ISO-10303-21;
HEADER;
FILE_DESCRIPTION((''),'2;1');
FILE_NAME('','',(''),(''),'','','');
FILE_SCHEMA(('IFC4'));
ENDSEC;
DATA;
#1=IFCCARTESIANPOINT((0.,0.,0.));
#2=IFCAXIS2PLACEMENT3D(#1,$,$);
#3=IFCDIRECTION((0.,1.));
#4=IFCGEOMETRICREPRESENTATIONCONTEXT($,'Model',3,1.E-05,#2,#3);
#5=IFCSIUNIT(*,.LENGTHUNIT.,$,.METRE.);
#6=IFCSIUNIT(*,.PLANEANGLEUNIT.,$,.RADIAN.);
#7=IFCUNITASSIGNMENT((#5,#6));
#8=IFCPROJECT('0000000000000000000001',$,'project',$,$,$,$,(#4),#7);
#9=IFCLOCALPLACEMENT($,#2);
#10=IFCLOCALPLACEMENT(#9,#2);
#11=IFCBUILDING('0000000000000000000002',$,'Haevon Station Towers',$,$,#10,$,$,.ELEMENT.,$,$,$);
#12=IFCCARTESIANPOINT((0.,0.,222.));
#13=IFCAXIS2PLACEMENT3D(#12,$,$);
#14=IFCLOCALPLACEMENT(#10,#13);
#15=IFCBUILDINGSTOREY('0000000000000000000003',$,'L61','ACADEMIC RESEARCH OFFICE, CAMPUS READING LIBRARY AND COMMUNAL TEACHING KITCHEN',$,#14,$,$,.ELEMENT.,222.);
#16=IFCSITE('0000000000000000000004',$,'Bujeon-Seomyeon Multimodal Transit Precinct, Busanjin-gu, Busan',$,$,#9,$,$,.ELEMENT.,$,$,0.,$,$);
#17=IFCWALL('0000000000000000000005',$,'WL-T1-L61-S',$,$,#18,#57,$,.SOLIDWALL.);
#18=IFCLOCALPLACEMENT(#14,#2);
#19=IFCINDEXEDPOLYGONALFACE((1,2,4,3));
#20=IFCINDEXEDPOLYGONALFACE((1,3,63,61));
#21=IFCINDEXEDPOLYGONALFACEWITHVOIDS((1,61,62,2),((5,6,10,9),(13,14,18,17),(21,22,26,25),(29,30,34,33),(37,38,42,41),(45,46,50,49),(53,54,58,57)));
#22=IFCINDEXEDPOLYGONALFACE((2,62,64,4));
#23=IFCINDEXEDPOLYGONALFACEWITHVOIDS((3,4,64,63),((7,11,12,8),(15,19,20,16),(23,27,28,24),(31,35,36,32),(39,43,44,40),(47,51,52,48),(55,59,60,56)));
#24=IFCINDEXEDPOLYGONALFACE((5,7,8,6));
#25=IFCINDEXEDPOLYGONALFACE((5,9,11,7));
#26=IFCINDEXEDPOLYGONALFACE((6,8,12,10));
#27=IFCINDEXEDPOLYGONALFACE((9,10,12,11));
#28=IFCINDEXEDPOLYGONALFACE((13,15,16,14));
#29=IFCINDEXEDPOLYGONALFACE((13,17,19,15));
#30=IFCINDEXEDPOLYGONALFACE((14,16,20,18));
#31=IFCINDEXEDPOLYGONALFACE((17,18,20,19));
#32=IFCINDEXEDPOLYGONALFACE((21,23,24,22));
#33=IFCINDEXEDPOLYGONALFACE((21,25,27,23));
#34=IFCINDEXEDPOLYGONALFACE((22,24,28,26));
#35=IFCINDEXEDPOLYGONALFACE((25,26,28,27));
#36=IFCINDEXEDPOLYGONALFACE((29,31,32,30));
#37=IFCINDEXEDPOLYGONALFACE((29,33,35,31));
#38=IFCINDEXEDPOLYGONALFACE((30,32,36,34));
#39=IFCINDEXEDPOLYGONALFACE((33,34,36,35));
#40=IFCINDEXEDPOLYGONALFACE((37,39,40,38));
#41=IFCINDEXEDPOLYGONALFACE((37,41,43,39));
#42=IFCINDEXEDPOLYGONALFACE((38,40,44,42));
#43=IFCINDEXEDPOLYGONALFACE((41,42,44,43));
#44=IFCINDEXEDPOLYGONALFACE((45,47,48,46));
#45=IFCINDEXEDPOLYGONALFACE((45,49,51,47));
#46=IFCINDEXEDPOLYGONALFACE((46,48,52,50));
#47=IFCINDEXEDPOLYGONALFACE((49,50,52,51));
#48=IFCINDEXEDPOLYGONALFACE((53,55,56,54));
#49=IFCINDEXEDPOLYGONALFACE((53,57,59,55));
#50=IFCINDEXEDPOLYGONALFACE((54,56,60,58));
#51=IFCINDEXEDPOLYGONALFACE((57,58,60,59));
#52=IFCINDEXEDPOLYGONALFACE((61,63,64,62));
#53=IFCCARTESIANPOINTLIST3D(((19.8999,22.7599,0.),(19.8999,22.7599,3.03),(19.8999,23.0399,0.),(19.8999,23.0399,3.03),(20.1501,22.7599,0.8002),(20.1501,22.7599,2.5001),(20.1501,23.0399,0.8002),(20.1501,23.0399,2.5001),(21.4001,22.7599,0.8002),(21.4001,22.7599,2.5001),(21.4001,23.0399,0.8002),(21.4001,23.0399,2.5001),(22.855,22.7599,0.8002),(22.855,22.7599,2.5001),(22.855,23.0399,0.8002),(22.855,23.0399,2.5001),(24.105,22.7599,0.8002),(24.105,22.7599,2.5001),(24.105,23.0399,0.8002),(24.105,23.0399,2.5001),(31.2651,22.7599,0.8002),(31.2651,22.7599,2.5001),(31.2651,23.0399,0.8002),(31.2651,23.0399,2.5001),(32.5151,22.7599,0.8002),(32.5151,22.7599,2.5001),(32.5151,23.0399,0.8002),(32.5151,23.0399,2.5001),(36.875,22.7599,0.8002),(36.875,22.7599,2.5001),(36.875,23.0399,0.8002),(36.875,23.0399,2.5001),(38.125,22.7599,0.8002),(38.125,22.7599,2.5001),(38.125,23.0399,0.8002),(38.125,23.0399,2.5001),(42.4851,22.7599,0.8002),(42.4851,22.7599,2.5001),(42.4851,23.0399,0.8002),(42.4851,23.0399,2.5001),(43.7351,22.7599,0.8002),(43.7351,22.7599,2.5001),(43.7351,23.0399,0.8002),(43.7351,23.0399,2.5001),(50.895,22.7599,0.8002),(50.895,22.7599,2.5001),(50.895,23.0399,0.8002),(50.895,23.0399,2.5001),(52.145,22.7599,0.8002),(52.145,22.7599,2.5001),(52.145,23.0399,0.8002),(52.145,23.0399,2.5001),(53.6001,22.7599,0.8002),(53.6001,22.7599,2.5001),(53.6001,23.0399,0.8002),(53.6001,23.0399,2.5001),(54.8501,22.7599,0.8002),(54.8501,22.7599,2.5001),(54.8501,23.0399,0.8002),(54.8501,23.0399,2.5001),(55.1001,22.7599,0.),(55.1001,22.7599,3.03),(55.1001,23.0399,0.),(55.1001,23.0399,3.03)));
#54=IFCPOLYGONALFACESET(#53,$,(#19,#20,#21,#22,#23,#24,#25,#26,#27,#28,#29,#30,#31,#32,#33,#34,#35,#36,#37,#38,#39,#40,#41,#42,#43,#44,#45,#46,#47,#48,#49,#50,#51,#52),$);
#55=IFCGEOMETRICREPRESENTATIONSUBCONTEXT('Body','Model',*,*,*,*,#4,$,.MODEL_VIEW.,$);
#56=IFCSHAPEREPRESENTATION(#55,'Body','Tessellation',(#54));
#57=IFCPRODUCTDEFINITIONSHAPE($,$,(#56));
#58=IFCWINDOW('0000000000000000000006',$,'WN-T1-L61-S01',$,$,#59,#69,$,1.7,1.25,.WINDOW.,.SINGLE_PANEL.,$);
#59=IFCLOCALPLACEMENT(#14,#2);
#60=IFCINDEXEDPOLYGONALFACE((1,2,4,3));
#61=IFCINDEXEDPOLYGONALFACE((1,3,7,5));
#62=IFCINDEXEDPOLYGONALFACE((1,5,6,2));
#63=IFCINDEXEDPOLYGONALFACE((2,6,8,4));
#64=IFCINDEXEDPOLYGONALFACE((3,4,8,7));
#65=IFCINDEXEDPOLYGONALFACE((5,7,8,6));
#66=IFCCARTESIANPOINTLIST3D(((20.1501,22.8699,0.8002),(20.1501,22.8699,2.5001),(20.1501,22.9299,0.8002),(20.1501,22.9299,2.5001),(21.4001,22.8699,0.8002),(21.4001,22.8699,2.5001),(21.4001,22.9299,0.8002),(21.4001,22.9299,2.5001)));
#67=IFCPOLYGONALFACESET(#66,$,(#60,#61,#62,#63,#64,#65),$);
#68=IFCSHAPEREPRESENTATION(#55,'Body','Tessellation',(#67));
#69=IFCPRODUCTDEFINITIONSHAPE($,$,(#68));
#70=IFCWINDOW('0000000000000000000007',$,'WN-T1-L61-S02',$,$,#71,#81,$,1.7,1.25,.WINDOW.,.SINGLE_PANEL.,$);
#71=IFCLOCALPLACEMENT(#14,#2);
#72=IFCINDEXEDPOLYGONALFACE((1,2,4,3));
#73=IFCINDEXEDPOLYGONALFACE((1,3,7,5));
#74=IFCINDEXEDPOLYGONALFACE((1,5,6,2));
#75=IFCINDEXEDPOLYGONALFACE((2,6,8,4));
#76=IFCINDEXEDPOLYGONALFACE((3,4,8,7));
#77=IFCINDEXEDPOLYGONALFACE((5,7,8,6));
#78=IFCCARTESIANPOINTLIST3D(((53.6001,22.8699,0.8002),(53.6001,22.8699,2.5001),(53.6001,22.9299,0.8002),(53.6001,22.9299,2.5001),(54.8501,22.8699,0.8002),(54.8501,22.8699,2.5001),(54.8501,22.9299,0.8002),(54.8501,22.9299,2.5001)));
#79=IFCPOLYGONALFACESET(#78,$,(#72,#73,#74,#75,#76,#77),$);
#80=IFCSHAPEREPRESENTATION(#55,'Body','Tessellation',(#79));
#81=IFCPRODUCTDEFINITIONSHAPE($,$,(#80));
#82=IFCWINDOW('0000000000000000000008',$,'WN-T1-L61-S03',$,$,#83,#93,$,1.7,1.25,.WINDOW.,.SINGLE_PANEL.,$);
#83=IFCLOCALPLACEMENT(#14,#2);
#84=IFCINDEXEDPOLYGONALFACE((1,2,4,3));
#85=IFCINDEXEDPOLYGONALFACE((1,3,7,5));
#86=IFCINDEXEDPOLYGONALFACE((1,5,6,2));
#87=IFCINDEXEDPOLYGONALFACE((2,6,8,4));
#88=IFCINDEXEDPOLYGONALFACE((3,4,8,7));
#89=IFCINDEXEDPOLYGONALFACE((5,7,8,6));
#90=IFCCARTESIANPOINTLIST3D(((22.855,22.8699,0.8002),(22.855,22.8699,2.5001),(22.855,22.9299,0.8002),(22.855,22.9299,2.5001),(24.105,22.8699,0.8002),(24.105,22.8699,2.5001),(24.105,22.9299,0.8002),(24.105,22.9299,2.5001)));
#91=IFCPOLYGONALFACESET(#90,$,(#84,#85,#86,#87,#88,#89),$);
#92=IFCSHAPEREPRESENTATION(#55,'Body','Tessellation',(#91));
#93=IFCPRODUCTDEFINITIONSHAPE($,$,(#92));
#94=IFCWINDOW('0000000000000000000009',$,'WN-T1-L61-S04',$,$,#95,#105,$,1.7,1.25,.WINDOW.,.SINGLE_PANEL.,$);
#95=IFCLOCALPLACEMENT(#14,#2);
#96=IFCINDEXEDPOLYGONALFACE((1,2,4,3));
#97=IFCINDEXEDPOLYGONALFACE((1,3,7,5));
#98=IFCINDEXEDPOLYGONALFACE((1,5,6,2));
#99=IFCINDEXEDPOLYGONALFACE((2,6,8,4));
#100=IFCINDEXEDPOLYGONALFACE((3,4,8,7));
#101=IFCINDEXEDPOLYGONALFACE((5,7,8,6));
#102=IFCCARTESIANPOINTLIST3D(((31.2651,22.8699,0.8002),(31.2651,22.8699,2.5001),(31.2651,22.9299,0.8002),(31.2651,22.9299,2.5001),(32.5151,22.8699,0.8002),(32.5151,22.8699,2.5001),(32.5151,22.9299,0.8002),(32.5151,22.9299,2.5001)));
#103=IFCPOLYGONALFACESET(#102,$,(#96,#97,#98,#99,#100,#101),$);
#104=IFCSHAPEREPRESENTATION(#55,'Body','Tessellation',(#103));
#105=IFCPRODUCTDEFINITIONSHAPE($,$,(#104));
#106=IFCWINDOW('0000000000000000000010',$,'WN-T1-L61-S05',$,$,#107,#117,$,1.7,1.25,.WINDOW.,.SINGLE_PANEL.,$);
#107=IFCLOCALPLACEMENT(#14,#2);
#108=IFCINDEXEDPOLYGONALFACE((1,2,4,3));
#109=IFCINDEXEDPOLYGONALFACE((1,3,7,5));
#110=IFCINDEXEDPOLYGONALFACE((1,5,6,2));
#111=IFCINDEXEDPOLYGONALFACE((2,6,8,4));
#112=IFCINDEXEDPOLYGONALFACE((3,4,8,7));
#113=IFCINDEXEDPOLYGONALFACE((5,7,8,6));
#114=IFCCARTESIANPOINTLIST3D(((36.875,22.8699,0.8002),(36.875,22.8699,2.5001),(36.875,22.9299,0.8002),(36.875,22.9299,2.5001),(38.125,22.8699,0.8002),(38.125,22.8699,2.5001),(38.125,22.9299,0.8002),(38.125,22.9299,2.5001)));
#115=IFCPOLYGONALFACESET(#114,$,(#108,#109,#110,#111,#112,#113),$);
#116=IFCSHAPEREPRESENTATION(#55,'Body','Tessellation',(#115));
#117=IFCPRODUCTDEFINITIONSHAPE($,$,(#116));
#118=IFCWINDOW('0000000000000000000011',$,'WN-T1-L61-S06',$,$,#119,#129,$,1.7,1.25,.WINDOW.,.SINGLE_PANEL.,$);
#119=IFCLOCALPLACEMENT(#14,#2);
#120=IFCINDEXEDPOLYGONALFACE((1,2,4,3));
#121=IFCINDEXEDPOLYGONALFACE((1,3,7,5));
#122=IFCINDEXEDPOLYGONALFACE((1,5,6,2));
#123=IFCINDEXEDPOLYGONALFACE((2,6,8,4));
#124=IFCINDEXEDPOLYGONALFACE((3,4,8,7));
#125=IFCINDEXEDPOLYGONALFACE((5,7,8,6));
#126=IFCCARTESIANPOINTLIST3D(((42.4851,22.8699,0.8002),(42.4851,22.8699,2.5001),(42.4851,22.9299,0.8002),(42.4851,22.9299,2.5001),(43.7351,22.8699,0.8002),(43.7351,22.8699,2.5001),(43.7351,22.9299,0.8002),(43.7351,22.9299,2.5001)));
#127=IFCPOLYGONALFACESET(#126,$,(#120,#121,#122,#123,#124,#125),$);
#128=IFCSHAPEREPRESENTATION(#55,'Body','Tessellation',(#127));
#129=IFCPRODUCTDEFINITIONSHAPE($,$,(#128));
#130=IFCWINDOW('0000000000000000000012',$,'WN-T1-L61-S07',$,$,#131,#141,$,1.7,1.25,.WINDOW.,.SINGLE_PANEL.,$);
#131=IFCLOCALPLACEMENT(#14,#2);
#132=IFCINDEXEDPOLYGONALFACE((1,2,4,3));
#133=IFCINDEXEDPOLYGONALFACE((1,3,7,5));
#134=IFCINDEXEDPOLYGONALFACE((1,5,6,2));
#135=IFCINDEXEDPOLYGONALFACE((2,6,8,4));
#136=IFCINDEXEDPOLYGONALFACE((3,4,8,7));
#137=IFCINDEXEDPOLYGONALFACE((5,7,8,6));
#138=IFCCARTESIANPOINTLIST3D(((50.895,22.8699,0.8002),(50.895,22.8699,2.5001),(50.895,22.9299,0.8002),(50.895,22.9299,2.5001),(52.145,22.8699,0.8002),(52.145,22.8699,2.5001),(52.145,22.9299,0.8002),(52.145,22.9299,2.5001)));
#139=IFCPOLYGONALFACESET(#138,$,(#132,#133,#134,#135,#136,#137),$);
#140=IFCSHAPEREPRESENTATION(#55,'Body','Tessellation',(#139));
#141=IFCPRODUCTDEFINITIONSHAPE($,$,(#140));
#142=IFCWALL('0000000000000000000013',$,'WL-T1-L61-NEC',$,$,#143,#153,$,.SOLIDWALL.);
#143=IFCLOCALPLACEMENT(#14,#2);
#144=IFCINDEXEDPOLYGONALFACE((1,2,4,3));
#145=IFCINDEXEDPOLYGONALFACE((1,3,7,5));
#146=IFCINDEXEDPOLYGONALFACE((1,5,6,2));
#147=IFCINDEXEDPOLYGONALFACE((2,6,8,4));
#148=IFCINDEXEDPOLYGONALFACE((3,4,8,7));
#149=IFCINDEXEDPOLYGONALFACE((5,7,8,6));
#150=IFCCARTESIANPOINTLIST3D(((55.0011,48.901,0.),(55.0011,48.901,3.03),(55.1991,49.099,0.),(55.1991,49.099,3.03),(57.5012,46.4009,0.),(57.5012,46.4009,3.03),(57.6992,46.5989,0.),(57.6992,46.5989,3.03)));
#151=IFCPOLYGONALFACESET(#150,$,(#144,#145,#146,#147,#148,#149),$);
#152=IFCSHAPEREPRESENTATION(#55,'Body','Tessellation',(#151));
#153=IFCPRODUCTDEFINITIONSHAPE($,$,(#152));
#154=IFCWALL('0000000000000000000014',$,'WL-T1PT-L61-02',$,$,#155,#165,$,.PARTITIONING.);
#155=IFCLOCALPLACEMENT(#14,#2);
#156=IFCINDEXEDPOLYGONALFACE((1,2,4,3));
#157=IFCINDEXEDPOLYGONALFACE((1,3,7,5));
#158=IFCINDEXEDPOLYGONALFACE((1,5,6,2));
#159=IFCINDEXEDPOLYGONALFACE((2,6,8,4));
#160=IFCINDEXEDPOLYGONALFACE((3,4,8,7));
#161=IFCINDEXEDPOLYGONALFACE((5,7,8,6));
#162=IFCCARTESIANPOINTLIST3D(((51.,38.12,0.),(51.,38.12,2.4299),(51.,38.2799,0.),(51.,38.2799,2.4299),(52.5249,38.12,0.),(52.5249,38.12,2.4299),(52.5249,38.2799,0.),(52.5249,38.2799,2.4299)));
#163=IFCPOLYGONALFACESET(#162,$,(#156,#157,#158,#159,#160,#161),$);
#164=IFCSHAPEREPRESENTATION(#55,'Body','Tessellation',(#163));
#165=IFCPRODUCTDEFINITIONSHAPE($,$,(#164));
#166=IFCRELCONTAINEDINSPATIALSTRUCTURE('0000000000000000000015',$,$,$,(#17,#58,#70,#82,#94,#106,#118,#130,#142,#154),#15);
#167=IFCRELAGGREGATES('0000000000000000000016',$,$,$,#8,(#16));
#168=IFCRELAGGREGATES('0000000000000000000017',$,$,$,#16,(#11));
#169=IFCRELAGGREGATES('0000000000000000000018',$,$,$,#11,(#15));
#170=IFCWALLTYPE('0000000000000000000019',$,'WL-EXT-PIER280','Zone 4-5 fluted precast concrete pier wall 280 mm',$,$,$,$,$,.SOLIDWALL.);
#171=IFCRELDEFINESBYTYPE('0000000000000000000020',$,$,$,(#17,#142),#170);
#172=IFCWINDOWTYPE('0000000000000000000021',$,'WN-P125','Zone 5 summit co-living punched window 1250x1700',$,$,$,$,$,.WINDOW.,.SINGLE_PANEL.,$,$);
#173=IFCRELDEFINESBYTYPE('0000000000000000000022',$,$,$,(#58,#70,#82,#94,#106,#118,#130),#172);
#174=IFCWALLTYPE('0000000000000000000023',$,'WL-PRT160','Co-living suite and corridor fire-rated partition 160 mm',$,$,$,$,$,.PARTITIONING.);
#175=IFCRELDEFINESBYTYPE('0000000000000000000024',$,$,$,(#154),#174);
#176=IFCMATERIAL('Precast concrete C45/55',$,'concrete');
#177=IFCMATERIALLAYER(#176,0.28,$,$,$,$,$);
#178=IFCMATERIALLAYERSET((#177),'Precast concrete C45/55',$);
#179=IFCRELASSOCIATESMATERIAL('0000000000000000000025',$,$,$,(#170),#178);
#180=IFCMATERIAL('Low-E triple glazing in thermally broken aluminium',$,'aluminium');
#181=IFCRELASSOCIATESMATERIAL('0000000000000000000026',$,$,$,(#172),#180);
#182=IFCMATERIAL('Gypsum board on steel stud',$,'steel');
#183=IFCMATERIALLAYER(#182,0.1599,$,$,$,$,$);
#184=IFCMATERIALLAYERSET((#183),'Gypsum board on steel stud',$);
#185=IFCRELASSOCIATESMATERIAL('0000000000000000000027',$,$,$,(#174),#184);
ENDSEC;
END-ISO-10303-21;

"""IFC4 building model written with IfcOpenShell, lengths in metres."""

from ifc_helpers import new_model, si_unit, direction, frame, frame_2d, origin, place, context, subcontext, project, spatial, rectangle, extrude, material, layer, layer_set, type_object, element, fill, save


model = new_model("IFC4")

# Units and contexts
model_context = context("Model", 3, precision=1e-05, world=origin(), true_north=direction((0.0, 1.0)))
body_context = subcontext(model_context, "Body", "Model", "MODEL_VIEW")
ifc_project = project(units=[si_unit("LENGTHUNIT", "METRE"), si_unit("PLANEANGLEUNIT", "RADIAN")], contexts=[model_context])

# Site, building, storey
site_placement = place(None, origin())
site = spatial("IfcSite", under=ifc_project, at=site_placement, Name="Bujeon-Seomyeon Multimodal Transit Precinct, Busanjin-gu, Busan", CompositionType="ELEMENT", RefElevation=0.0)
building_placement = place(site_placement, origin())
building = spatial("IfcBuilding", under=site, at=building_placement, Name="Haevon Station Towers", CompositionType="ELEMENT")
storey_placement = place(building_placement, frame((0.0, 0.0, 222.0)))
storey = spatial("IfcBuildingStorey", under=building, at=storey_placement, Name="L61", Description="ACADEMIC RESEARCH OFFICE, CAMPUS READING LIBRARY AND COMMUNAL TEACHING KITCHEN", CompositionType="ELEMENT", Elevation=222.0)

# Wall, openings, windows
ifc_material_1 = material(Name="Precast concrete C45/55", Category="concrete")
ifc_layer_1 = layer(ifc_material_1, 0.28)
ifc_layer_set_1 = layer_set([ifc_layer_1], Name="Precast concrete C45/55")
wall_type_1 = type_object("IfcWallType", Name="WL-EXT-PIER280", Description="Zone 4-5 fluted precast concrete pier wall 280 mm", PredefinedType="SOLIDWALL", material=ifc_layer_set_1)
wall_1_placement = place(storey_placement, frame((55.1001, 22.8999, 0.0), z_axis=(0.0, 0.0, 1.0), x_axis=(-1.0, 0.0, 0.0)))
wall_1 = element("IfcWall", 1, at=wall_1_placement, inside=storey, type_object=wall_type_1, Name="WL-T1-L61-S", PredefinedType="SOLIDWALL", context=body_context, shape_type="SweptSolid", body=[
    extrude(rectangle(XDim=35.2002, YDim=0.28, at=frame_2d((17.6001, 0.0))), origin(), (0.0, 0.0, 1.0), 3.03),
])
opening_1_placement = place(wall_1_placement, frame((33.7, 0.0, 0.8)))
opening_1 = element("IfcOpeningElement", 2, at=opening_1_placement, cuts=wall_1, PredefinedType="OPENING", context=body_context, shape_type="SweptSolid", body=[
    extrude(rectangle(XDim=1.25, YDim=1.7, at=frame_2d((0.625, 0.8501))), frame((0.0, 0.1499, 0.0), z_axis=(0.0, -1.0, 0.0), x_axis=(1.0, 0.0, 0.0)), (0.0, 0.0, 1.0), 0.3),
])
opening_2_placement = place(wall_1_placement, frame((0.25, 0.0, 0.8)))
opening_2 = element("IfcOpeningElement", 3, at=opening_2_placement, cuts=wall_1, PredefinedType="OPENING", context=body_context, shape_type="SweptSolid", body=[
    extrude(rectangle(XDim=1.25, YDim=1.7, at=frame_2d((0.625, 0.8501))), frame((0.0, 0.1499, 0.0), z_axis=(0.0, -1.0, 0.0), x_axis=(1.0, 0.0, 0.0)), (0.0, 0.0, 1.0), 0.3),
])
opening_3_placement = place(wall_1_placement, frame((30.9951, 0.0, 0.8)))
opening_3 = element("IfcOpeningElement", 4, at=opening_3_placement, cuts=wall_1, PredefinedType="OPENING", context=body_context, shape_type="SweptSolid", body=[
    extrude(rectangle(XDim=1.25, YDim=1.7, at=frame_2d((0.625, 0.8501))), frame((0.0, 0.1499, 0.0), z_axis=(0.0, -1.0, 0.0), x_axis=(1.0, 0.0, 0.0)), (0.0, 0.0, 1.0), 0.3),
])
opening_4_placement = place(wall_1_placement, frame((22.585, 0.0, 0.8)))
opening_4 = element("IfcOpeningElement", 5, at=opening_4_placement, cuts=wall_1, PredefinedType="OPENING", context=body_context, shape_type="SweptSolid", body=[
    extrude(rectangle(XDim=1.25, YDim=1.7, at=frame_2d((0.625, 0.8501))), frame((0.0, 0.1499, 0.0), z_axis=(0.0, -1.0, 0.0), x_axis=(1.0, 0.0, 0.0)), (0.0, 0.0, 1.0), 0.3),
])
opening_5_placement = place(wall_1_placement, frame((16.9751, 0.0, 0.8)))
opening_5 = element("IfcOpeningElement", 6, at=opening_5_placement, cuts=wall_1, PredefinedType="OPENING", context=body_context, shape_type="SweptSolid", body=[
    extrude(rectangle(XDim=1.25, YDim=1.7, at=frame_2d((0.625, 0.8501))), frame((0.0, 0.1499, 0.0), z_axis=(0.0, -1.0, 0.0), x_axis=(1.0, 0.0, 0.0)), (0.0, 0.0, 1.0), 0.3),
])
opening_6_placement = place(wall_1_placement, frame((11.365, 0.0, 0.8)))
opening_6 = element("IfcOpeningElement", 7, at=opening_6_placement, cuts=wall_1, PredefinedType="OPENING", context=body_context, shape_type="SweptSolid", body=[
    extrude(rectangle(XDim=1.25, YDim=1.7, at=frame_2d((0.625, 0.8501))), frame((0.0, 0.1499, 0.0), z_axis=(0.0, -1.0, 0.0), x_axis=(1.0, 0.0, 0.0)), (0.0, 0.0, 1.0), 0.3),
])
opening_7_placement = place(wall_1_placement, frame((2.9551, 0.0, 0.8)))
opening_7 = element("IfcOpeningElement", 8, at=opening_7_placement, cuts=wall_1, PredefinedType="OPENING", context=body_context, shape_type="SweptSolid", body=[
    extrude(rectangle(XDim=1.25, YDim=1.7, at=frame_2d((0.625, 0.8501))), frame((0.0, 0.1499, 0.0), z_axis=(0.0, -1.0, 0.0), x_axis=(1.0, 0.0, 0.0)), (0.0, 0.0, 1.0), 0.3),
])
ifc_material_2 = material(Name="Low-E triple glazing in thermally broken aluminium", Category="aluminium")
window_type = type_object("IfcWindowType", Name="WN-P125", Description="Zone 5 summit co-living punched window 1250x1700", PartitioningType="SINGLE_PANEL", PredefinedType="WINDOW", material=ifc_material_2)
window_1_placement = place(opening_1_placement, origin())
window_1 = element("IfcWindow", 9, at=window_1_placement, inside=storey, type_object=window_type, Name="WN-T1-L61-S01", OverallHeight=1.7, OverallWidth=1.25, PartitioningType="SINGLE_PANEL", PredefinedType="WINDOW", context=body_context, shape_type="SweptSolid", body=[
    extrude(rectangle(XDim=1.25, YDim=1.7, at=frame_2d((0.625, 0.8501))), frame((0.0, 0.03, 0.0), z_axis=(0.0, -1.0, 0.0), x_axis=(1.0, 0.0, 0.0)), (0.0, 0.0, 1.0), 0.0601),
])
fill(opening_1, window_1)
window_2_placement = place(opening_2_placement, origin())
window_2 = element("IfcWindow", 10, at=window_2_placement, inside=storey, type_object=window_type, Name="WN-T1-L61-S02", OverallHeight=1.7, OverallWidth=1.25, PartitioningType="SINGLE_PANEL", PredefinedType="WINDOW", context=body_context, shape_type="SweptSolid", body=[
    extrude(rectangle(XDim=1.25, YDim=1.7, at=frame_2d((0.625, 0.8501))), frame((0.0, 0.03, 0.0), z_axis=(0.0, -1.0, 0.0), x_axis=(1.0, 0.0, 0.0)), (0.0, 0.0, 1.0), 0.0601),
])
fill(opening_2, window_2)
window_3_placement = place(opening_3_placement, origin())
window_3 = element("IfcWindow", 11, at=window_3_placement, inside=storey, type_object=window_type, Name="WN-T1-L61-S03", OverallHeight=1.7, OverallWidth=1.25, PartitioningType="SINGLE_PANEL", PredefinedType="WINDOW", context=body_context, shape_type="SweptSolid", body=[
    extrude(rectangle(XDim=1.25, YDim=1.7, at=frame_2d((0.625, 0.8501))), frame((0.0, 0.03, 0.0), z_axis=(0.0, -1.0, 0.0), x_axis=(1.0, 0.0, 0.0)), (0.0, 0.0, 1.0), 0.0601),
])
fill(opening_3, window_3)
window_4_placement = place(opening_4_placement, origin())
window_4 = element("IfcWindow", 12, at=window_4_placement, inside=storey, type_object=window_type, Name="WN-T1-L61-S04", OverallHeight=1.7, OverallWidth=1.25, PartitioningType="SINGLE_PANEL", PredefinedType="WINDOW", context=body_context, shape_type="SweptSolid", body=[
    extrude(rectangle(XDim=1.25, YDim=1.7, at=frame_2d((0.625, 0.8501))), frame((0.0, 0.03, 0.0), z_axis=(0.0, -1.0, 0.0), x_axis=(1.0, 0.0, 0.0)), (0.0, 0.0, 1.0), 0.0601),
])
fill(opening_4, window_4)
window_5_placement = place(opening_5_placement, origin())
window_5 = element("IfcWindow", 13, at=window_5_placement, inside=storey, type_object=window_type, Name="WN-T1-L61-S05", OverallHeight=1.7, OverallWidth=1.25, PartitioningType="SINGLE_PANEL", PredefinedType="WINDOW", context=body_context, shape_type="SweptSolid", body=[
    extrude(rectangle(XDim=1.25, YDim=1.7, at=frame_2d((0.625, 0.8501))), frame((0.0, 0.03, 0.0), z_axis=(0.0, -1.0, 0.0), x_axis=(1.0, 0.0, 0.0)), (0.0, 0.0, 1.0), 0.0601),
])
fill(opening_5, window_5)
window_6_placement = place(opening_6_placement, origin())
window_6 = element("IfcWindow", 14, at=window_6_placement, inside=storey, type_object=window_type, Name="WN-T1-L61-S06", OverallHeight=1.7, OverallWidth=1.25, PartitioningType="SINGLE_PANEL", PredefinedType="WINDOW", context=body_context, shape_type="SweptSolid", body=[
    extrude(rectangle(XDim=1.25, YDim=1.7, at=frame_2d((0.625, 0.8501))), frame((0.0, 0.03, 0.0), z_axis=(0.0, -1.0, 0.0), x_axis=(1.0, 0.0, 0.0)), (0.0, 0.0, 1.0), 0.0601),
])
fill(opening_6, window_6)
window_7_placement = place(opening_7_placement, origin())
window_7 = element("IfcWindow", 15, at=window_7_placement, inside=storey, type_object=window_type, Name="WN-T1-L61-S07", OverallHeight=1.7, OverallWidth=1.25, PartitioningType="SINGLE_PANEL", PredefinedType="WINDOW", context=body_context, shape_type="SweptSolid", body=[
    extrude(rectangle(XDim=1.25, YDim=1.7, at=frame_2d((0.625, 0.8501))), frame((0.0, 0.03, 0.0), z_axis=(0.0, -1.0, 0.0), x_axis=(1.0, 0.0, 0.0)), (0.0, 0.0, 1.0), 0.0601),
])
fill(opening_7, window_7)

# Walls
wall_2_placement = place(storey_placement, frame((55.1001, 49.0, 0.0), z_axis=(0.0, 0.0, 1.0), x_axis=(0.707107, -0.707107, 0.0)))
element("IfcWall", 16, at=wall_2_placement, inside=storey, type_object=wall_type_1, Name="WL-T1-L61-NEC", PredefinedType="SOLIDWALL", context=body_context, shape_type="SweptSolid", body=[
    extrude(rectangle(XDim=3.5356, YDim=0.28, at=frame_2d((1.7678, 0.0))), origin(), (0.0, 0.0, 1.0), 3.03),
])
ifc_material_3 = material(Name="Gypsum board on steel stud", Category="steel")
ifc_layer_2 = layer(ifc_material_3, 0.1599)
ifc_layer_set_2 = layer_set([ifc_layer_2], Name="Gypsum board on steel stud")
wall_type_2 = type_object("IfcWallType", Name="WL-PRT160", Description="Co-living suite and corridor fire-rated partition 160 mm", PredefinedType="PARTITIONING", material=ifc_layer_set_2)
wall_3_placement = place(storey_placement, frame((51.0, 38.2, 0.0), z_axis=(0.0, 0.0, 1.0), x_axis=(1.0, 0.0, 0.0)))
element("IfcWall", 17, at=wall_3_placement, inside=storey, type_object=wall_type_2, Name="WL-T1PT-L61-02", PredefinedType="PARTITIONING", context=body_context, shape_type="SweptSolid", body=[
    extrude(rectangle(XDim=1.5249, YDim=0.1599, at=frame_2d((0.7625, 0.0))), origin(), (0.0, 0.0, 1.0), 2.4299),
])

save(model, "model.ifc")
